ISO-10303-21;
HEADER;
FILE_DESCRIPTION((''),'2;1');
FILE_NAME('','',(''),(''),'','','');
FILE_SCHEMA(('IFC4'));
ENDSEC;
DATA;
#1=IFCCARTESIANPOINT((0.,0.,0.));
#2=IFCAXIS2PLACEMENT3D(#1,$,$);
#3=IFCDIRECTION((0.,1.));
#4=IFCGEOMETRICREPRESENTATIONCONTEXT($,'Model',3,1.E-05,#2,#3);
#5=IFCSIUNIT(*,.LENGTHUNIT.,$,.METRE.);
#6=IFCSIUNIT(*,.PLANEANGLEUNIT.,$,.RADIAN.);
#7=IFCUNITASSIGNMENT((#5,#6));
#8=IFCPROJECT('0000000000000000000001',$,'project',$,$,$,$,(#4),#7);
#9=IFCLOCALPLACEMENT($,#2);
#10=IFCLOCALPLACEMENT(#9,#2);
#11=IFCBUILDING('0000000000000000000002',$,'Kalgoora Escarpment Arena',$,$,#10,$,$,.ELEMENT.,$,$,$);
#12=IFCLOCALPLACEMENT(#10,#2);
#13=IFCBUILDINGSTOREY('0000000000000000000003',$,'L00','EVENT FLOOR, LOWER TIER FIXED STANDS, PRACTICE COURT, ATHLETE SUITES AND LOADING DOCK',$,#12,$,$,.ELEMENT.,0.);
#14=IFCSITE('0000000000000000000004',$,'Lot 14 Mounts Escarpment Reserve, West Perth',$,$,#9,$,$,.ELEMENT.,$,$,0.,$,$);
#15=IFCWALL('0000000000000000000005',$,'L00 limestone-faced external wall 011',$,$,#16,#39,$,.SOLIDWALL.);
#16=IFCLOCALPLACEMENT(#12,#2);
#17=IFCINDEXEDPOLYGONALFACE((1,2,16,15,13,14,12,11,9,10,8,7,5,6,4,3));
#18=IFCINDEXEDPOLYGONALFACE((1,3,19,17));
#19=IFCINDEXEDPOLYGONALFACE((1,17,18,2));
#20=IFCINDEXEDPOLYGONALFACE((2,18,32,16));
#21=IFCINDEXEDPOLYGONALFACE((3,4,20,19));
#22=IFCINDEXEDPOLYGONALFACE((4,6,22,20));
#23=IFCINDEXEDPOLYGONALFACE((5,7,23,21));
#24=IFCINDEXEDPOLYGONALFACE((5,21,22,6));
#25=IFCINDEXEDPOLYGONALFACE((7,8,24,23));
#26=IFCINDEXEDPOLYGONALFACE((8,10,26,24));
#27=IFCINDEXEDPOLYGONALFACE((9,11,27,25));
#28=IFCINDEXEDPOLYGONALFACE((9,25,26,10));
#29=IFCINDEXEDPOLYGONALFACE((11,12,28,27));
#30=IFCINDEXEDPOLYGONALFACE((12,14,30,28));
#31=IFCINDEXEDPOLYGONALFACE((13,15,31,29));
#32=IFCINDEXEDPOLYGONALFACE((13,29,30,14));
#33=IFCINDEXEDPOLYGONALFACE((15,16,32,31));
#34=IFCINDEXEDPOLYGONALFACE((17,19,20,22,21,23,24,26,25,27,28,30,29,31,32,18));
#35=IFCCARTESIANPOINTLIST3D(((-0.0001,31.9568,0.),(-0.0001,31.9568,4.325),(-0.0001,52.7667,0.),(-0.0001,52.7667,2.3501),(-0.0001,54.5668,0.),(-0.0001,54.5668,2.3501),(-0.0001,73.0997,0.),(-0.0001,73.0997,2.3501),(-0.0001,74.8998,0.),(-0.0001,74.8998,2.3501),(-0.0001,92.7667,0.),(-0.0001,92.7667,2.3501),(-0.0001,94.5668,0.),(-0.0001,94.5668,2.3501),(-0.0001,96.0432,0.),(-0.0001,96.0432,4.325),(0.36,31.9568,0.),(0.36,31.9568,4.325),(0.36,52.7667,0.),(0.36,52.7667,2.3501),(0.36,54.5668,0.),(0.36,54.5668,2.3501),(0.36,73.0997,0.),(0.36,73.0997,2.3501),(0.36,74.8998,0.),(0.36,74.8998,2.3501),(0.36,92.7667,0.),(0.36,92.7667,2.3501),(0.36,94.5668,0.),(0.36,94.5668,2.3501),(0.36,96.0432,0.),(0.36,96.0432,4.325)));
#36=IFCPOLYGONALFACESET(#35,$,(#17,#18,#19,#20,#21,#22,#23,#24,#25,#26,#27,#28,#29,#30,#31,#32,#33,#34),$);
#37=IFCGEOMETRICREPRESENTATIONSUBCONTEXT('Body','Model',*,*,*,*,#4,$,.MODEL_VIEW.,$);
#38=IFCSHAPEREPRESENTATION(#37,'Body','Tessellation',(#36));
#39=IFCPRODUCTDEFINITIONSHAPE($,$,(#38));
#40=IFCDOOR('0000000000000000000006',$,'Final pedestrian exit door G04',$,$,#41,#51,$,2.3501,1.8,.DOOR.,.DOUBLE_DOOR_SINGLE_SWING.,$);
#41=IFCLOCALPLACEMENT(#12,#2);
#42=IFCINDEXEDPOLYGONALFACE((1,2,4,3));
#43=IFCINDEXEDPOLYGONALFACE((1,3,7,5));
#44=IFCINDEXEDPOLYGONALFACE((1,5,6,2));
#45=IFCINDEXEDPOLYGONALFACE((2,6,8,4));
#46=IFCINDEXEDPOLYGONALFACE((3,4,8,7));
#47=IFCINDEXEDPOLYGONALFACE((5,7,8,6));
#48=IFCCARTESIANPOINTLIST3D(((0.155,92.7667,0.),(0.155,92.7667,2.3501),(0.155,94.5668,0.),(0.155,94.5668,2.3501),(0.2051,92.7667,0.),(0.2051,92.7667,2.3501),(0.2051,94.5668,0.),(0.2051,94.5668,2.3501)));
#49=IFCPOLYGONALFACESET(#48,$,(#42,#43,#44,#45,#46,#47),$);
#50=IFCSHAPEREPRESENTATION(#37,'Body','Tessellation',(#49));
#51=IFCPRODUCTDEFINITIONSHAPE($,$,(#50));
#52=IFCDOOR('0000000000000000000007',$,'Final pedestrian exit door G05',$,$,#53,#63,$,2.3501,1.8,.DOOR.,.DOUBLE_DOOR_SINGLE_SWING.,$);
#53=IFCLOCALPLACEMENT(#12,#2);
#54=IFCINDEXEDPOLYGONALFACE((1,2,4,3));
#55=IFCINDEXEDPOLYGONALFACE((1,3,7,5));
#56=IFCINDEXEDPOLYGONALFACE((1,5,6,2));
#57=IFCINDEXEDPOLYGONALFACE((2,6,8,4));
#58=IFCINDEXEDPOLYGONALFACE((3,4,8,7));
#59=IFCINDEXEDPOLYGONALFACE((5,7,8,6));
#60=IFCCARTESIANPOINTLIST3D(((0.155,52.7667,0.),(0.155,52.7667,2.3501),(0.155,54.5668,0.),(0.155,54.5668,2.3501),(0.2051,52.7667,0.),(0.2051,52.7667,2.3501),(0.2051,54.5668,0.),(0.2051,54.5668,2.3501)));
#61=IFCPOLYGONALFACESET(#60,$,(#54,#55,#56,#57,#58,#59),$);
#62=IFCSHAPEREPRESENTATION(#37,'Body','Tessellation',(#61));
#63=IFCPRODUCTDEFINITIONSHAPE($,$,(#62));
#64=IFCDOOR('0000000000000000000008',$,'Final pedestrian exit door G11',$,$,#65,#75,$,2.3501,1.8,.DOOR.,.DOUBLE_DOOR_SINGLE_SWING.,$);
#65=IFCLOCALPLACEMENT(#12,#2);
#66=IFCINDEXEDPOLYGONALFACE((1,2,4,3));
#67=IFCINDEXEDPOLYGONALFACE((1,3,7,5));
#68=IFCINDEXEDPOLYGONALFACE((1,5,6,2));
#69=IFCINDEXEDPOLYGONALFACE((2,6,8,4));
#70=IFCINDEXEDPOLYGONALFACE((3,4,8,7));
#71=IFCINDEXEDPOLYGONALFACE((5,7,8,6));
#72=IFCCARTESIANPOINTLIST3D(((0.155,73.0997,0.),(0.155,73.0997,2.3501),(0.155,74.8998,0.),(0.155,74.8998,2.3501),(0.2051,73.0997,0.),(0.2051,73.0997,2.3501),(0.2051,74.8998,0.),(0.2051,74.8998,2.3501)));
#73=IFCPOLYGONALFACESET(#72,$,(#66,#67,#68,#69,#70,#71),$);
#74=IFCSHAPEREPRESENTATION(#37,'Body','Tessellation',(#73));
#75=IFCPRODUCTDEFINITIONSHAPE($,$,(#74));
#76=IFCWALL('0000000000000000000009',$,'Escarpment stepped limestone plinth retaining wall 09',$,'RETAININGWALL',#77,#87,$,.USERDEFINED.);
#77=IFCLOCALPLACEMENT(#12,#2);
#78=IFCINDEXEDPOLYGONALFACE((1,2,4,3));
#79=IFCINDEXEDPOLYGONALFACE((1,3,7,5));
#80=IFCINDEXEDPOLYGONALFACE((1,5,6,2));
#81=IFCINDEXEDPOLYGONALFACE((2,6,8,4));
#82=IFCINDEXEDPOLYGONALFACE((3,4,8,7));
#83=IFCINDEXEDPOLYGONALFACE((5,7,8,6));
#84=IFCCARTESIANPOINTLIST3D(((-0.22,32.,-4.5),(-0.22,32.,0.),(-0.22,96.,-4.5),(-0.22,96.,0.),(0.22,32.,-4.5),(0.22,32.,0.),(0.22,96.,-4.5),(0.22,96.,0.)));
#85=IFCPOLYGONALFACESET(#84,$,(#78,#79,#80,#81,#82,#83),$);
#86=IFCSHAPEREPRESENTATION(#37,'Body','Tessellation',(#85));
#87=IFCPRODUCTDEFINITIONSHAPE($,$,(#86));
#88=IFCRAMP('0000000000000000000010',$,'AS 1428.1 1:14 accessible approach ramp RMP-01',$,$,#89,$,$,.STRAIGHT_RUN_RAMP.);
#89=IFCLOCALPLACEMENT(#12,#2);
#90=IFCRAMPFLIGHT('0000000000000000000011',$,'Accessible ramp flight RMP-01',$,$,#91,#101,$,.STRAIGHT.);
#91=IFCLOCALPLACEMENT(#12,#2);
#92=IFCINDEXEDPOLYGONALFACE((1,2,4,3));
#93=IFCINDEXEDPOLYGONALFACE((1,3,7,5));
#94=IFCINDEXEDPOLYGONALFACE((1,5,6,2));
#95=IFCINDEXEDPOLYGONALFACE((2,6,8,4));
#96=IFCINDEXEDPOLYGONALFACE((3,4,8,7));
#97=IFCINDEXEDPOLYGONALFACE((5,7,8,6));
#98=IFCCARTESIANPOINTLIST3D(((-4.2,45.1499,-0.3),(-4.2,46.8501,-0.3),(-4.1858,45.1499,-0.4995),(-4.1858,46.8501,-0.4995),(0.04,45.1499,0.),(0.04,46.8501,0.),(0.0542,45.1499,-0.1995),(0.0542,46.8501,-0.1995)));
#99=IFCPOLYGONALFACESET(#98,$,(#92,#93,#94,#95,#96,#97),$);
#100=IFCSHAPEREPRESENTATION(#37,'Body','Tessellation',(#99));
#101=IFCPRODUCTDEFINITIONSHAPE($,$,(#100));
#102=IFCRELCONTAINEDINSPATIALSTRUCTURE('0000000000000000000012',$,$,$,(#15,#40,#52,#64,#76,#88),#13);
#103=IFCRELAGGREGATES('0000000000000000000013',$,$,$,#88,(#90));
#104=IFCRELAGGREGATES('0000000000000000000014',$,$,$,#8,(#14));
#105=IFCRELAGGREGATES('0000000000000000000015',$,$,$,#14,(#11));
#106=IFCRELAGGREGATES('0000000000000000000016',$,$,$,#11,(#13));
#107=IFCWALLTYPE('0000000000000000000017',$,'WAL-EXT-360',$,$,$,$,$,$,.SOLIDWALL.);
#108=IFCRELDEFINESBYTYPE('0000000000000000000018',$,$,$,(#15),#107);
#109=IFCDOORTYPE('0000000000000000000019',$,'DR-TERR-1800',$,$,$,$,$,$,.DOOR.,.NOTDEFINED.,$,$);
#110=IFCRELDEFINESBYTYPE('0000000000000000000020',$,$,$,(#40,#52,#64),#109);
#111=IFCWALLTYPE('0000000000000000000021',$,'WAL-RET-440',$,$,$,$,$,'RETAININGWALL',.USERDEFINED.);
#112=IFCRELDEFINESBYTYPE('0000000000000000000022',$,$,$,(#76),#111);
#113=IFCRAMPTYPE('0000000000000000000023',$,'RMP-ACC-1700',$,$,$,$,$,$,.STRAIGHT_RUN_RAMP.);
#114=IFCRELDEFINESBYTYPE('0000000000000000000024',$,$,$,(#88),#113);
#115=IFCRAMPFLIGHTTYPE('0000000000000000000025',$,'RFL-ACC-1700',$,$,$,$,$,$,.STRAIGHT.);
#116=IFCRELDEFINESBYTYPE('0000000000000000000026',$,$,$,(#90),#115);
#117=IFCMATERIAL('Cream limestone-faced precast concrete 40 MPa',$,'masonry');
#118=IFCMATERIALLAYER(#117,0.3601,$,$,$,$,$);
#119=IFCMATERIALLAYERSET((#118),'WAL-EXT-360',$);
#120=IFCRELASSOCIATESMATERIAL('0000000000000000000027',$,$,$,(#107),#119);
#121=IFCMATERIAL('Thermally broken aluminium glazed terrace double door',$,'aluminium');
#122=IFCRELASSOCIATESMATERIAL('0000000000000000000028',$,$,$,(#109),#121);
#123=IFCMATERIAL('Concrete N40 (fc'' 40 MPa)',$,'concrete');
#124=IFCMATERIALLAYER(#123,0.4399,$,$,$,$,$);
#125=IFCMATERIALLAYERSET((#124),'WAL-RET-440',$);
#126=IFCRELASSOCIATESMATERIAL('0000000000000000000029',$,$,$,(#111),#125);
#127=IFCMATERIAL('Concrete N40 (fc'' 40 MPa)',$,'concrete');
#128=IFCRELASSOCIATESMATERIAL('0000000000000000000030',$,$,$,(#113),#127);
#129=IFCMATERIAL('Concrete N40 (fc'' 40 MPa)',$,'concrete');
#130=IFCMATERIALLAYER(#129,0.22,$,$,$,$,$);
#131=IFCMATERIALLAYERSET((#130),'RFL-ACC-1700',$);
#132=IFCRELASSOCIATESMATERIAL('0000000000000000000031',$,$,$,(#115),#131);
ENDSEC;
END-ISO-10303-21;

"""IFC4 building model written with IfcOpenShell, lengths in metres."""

from ifc_helpers import new_model, si_unit, direction, frame, frame_2d, origin, place, context, subcontext, project, spatial, polyline, rectangle, outline, extrude, material, layer, layer_set, type_object, element, fill, aggregate, save


model = new_model("IFC4")

# Units and contexts
model_context = context("Model", 3, precision=1e-05, world=origin(), true_north=direction((0.0, 1.0)))
body_context = subcontext(model_context, "Body", "Model", "MODEL_VIEW")
ifc_project = project(units=[si_unit("LENGTHUNIT", "METRE"), si_unit("PLANEANGLEUNIT", "RADIAN")], contexts=[model_context])

# Site, building, storey
site_placement = place(None, origin())
site = spatial("IfcSite", under=ifc_project, at=site_placement, Name="Lot 14 Mounts Escarpment Reserve, West Perth", CompositionType="ELEMENT", RefElevation=0.0)
building_placement = place(site_placement, origin())
building = spatial("IfcBuilding", under=site, at=building_placement, Name="Kalgoora Escarpment Arena", CompositionType="ELEMENT")
storey_placement = place(building_placement, origin())
storey = spatial("IfcBuildingStorey", under=building, at=storey_placement, Name="L00", Description="EVENT FLOOR, LOWER TIER FIXED STANDS, PRACTICE COURT, ATHLETE SUITES AND LOADING DOCK", CompositionType="ELEMENT", Elevation=0.0)

# Wall, openings, doors
ifc_material_1 = material(Name="Cream limestone-faced precast concrete 40 MPa", Category="masonry")
ifc_layer_1 = layer(ifc_material_1, 0.3601)
ifc_layer_set_1 = layer_set([ifc_layer_1], Name="WAL-EXT-360")
wall_type_1 = type_object("IfcWallType", Name="WAL-EXT-360", PredefinedType="SOLIDWALL", material=ifc_layer_set_1)
wall_1_placement = place(storey_placement, frame((0.1799, 31.9568, 0.0), z_axis=(0.0, 0.0, 1.0), x_axis=(0.0, 1.0, 0.0)))
wall_1 = element("IfcWall", 1, at=wall_1_placement, inside=storey, type_object=wall_type_1, Name="L00 limestone-faced external wall 011", PredefinedType="SOLIDWALL", context=body_context, shape_type="SweptSolid", body=[
    extrude(rectangle(XDim=64.0864, YDim=0.3601, at=frame_2d((32.0432, 0.0))), origin(), (0.0, 0.0, 1.0), 4.325),
])
opening_1_placement = place(wall_1_placement, frame((60.8101, 0.0, 0.0)))
opening_1 = element("IfcOpeningElement", 2, at=opening_1_placement, cuts=wall_1, PredefinedType="OPENING", context=body_context, shape_type="SweptSolid", body=[
    extrude(rectangle(XDim=1.8, YDim=2.3501, at=frame_2d((0.8999, 1.175))), frame((0.0, 0.1899, 0.0), z_axis=(0.0, -1.0, 0.0), x_axis=(1.0, 0.0, 0.0)), (0.0, 0.0, 1.0), 0.3801),
])
opening_2_placement = place(wall_1_placement, frame((20.8101, 0.0, 0.0)))
opening_2 = element("IfcOpeningElement", 3, at=opening_2_placement, cuts=wall_1, PredefinedType="OPENING", context=body_context, shape_type="SweptSolid", body=[
    extrude(rectangle(XDim=1.8, YDim=2.3501, at=frame_2d((0.8999, 1.175))), frame((0.0, 0.1899, 0.0), z_axis=(0.0, -1.0, 0.0), x_axis=(1.0, 0.0, 0.0)), (0.0, 0.0, 1.0), 0.3801),
])
opening_3_placement = place(wall_1_placement, frame((41.1431, 0.0, 0.0)))
opening_3 = element("IfcOpeningElement", 4, at=opening_3_placement, cuts=wall_1, PredefinedType="OPENING", context=body_context, shape_type="SweptSolid", body=[
    extrude(rectangle(XDim=1.8, YDim=2.3501, at=frame_2d((0.8999, 1.175))), frame((0.0, 0.1899, 0.0), z_axis=(0.0, -1.0, 0.0), x_axis=(1.0, 0.0, 0.0)), (0.0, 0.0, 1.0), 0.3801),
])
ifc_material_2 = material(Name="Thermally broken aluminium glazed terrace double door", Category="aluminium")
door_type = type_object("IfcDoorType", Name="DR-TERR-1800", OperationType="NOTDEFINED", PredefinedType="DOOR", material=ifc_material_2)
door_1_placement = place(opening_1_placement, origin())
door_1 = element("IfcDoor", 5, at=door_1_placement, inside=storey, type_object=door_type, Name="Final pedestrian exit door G04", OperationType="DOUBLE_DOOR_SINGLE_SWING", OverallHeight=2.3501, OverallWidth=1.8, PredefinedType="DOOR", context=body_context, shape_type="SweptSolid", body=[
    extrude(rectangle(XDim=1.8, YDim=2.3501, at=frame_2d((0.8999, 1.175))), frame((0.0, 0.0249, 0.0), z_axis=(0.0, -1.0, 0.0), x_axis=(1.0, 0.0, 0.0)), (0.0, 0.0, 1.0), 0.05),
])
fill(opening_1, door_1)
door_2_placement = place(opening_2_placement, origin())
door_2 = element("IfcDoor", 6, at=door_2_placement, inside=storey, type_object=door_type, Name="Final pedestrian exit door G05", OperationType="DOUBLE_DOOR_SINGLE_SWING", OverallHeight=2.3501, OverallWidth=1.8, PredefinedType="DOOR", context=body_context, shape_type="SweptSolid", body=[
    extrude(rectangle(XDim=1.8, YDim=2.3501, at=frame_2d((0.8999, 1.175))), frame((0.0, 0.0249, 0.0), z_axis=(0.0, -1.0, 0.0), x_axis=(1.0, 0.0, 0.0)), (0.0, 0.0, 1.0), 0.05),
])
fill(opening_2, door_2)
door_3_placement = place(opening_3_placement, origin())
door_3 = element("IfcDoor", 7, at=door_3_placement, inside=storey, type_object=door_type, Name="Final pedestrian exit door G11", OperationType="DOUBLE_DOOR_SINGLE_SWING", OverallHeight=2.3501, OverallWidth=1.8, PredefinedType="DOOR", context=body_context, shape_type="SweptSolid", body=[
    extrude(rectangle(XDim=1.8, YDim=2.3501, at=frame_2d((0.8999, 1.175))), frame((0.0, 0.0249, 0.0), z_axis=(0.0, -1.0, 0.0), x_axis=(1.0, 0.0, 0.0)), (0.0, 0.0, 1.0), 0.05),
])
fill(opening_3, door_3)

# Wall
ifc_material_3 = material(Name="Concrete N40 (fc' 40 MPa)", Category="concrete")
ifc_layer_2 = layer(ifc_material_3, 0.4399)
ifc_layer_set_2 = layer_set([ifc_layer_2], Name="WAL-RET-440")
wall_type_2 = type_object("IfcWallType", Name="WAL-RET-440", ElementType="RETAININGWALL", PredefinedType="USERDEFINED", material=ifc_layer_set_2)
wall_2_placement = place(storey_placement, frame((0.0, 32.0, -4.5), z_axis=(0.0, 0.0, 1.0), x_axis=(0.0, 1.0, 0.0)))
element("IfcWall", 8, at=wall_2_placement, inside=storey, type_object=wall_type_2, Name="Escarpment stepped limestone plinth retaining wall 09", ObjectType="RETAININGWALL", PredefinedType="USERDEFINED", context=body_context, shape_type="SweptSolid", body=[
    extrude(rectangle(XDim=64.0, YDim=0.4399, at=frame_2d((32.0, 0.0))), origin(), (0.0, 0.0, 1.0), 4.5),
])

# Ramp, ramp flight
ifc_material_4 = material(Name="Concrete N40 (fc' 40 MPa)", Category="concrete")
ramp_type = type_object("IfcRampType", Name="RMP-ACC-1700", PredefinedType="STRAIGHT_RUN_RAMP", material=ifc_material_4)
ramp_placement = place(storey_placement, origin())
ramp = element("IfcRamp", 9, at=ramp_placement, inside=storey, type_object=ramp_type, Name="AS 1428.1 1:14 accessible approach ramp RMP-01", PredefinedType="STRAIGHT_RUN_RAMP")
ifc_material_5 = material(Name="Concrete N40 (fc' 40 MPa)", Category="concrete")
ifc_layer_3 = layer(ifc_material_5, 0.22)
ifc_layer_set_3 = layer_set([ifc_layer_3], Name="RFL-ACC-1700")
ramp_flight_type = type_object("IfcRampFlightType", Name="RFL-ACC-1700", PredefinedType="STRAIGHT", material=ifc_layer_set_3)
ramp_flight_placement = place(storey_placement, frame((-4.2, 45.1499, -0.3), z_axis=(-0.07059, 0.0, 0.997505), x_axis=(0.997505, 0.0, 0.07059)))
ramp_flight = element("IfcRampFlight", 10, at=ramp_flight_placement, type_object=ramp_flight_type, Name="Accessible ramp flight RMP-01", PredefinedType="STRAIGHT", context=body_context, shape_type="SweptSolid", body=[
    extrude(outline(polyline([(0.0, 0.0), (4.2506, 0.0), (4.2506, 1.7002), (0.0, 1.7002), (0.0, 0.0)])), origin(), (0.0, 0.0, -1.0), 0.2),
])
aggregate(ramp, [ramp_flight])

save(model, "model.ifc")
